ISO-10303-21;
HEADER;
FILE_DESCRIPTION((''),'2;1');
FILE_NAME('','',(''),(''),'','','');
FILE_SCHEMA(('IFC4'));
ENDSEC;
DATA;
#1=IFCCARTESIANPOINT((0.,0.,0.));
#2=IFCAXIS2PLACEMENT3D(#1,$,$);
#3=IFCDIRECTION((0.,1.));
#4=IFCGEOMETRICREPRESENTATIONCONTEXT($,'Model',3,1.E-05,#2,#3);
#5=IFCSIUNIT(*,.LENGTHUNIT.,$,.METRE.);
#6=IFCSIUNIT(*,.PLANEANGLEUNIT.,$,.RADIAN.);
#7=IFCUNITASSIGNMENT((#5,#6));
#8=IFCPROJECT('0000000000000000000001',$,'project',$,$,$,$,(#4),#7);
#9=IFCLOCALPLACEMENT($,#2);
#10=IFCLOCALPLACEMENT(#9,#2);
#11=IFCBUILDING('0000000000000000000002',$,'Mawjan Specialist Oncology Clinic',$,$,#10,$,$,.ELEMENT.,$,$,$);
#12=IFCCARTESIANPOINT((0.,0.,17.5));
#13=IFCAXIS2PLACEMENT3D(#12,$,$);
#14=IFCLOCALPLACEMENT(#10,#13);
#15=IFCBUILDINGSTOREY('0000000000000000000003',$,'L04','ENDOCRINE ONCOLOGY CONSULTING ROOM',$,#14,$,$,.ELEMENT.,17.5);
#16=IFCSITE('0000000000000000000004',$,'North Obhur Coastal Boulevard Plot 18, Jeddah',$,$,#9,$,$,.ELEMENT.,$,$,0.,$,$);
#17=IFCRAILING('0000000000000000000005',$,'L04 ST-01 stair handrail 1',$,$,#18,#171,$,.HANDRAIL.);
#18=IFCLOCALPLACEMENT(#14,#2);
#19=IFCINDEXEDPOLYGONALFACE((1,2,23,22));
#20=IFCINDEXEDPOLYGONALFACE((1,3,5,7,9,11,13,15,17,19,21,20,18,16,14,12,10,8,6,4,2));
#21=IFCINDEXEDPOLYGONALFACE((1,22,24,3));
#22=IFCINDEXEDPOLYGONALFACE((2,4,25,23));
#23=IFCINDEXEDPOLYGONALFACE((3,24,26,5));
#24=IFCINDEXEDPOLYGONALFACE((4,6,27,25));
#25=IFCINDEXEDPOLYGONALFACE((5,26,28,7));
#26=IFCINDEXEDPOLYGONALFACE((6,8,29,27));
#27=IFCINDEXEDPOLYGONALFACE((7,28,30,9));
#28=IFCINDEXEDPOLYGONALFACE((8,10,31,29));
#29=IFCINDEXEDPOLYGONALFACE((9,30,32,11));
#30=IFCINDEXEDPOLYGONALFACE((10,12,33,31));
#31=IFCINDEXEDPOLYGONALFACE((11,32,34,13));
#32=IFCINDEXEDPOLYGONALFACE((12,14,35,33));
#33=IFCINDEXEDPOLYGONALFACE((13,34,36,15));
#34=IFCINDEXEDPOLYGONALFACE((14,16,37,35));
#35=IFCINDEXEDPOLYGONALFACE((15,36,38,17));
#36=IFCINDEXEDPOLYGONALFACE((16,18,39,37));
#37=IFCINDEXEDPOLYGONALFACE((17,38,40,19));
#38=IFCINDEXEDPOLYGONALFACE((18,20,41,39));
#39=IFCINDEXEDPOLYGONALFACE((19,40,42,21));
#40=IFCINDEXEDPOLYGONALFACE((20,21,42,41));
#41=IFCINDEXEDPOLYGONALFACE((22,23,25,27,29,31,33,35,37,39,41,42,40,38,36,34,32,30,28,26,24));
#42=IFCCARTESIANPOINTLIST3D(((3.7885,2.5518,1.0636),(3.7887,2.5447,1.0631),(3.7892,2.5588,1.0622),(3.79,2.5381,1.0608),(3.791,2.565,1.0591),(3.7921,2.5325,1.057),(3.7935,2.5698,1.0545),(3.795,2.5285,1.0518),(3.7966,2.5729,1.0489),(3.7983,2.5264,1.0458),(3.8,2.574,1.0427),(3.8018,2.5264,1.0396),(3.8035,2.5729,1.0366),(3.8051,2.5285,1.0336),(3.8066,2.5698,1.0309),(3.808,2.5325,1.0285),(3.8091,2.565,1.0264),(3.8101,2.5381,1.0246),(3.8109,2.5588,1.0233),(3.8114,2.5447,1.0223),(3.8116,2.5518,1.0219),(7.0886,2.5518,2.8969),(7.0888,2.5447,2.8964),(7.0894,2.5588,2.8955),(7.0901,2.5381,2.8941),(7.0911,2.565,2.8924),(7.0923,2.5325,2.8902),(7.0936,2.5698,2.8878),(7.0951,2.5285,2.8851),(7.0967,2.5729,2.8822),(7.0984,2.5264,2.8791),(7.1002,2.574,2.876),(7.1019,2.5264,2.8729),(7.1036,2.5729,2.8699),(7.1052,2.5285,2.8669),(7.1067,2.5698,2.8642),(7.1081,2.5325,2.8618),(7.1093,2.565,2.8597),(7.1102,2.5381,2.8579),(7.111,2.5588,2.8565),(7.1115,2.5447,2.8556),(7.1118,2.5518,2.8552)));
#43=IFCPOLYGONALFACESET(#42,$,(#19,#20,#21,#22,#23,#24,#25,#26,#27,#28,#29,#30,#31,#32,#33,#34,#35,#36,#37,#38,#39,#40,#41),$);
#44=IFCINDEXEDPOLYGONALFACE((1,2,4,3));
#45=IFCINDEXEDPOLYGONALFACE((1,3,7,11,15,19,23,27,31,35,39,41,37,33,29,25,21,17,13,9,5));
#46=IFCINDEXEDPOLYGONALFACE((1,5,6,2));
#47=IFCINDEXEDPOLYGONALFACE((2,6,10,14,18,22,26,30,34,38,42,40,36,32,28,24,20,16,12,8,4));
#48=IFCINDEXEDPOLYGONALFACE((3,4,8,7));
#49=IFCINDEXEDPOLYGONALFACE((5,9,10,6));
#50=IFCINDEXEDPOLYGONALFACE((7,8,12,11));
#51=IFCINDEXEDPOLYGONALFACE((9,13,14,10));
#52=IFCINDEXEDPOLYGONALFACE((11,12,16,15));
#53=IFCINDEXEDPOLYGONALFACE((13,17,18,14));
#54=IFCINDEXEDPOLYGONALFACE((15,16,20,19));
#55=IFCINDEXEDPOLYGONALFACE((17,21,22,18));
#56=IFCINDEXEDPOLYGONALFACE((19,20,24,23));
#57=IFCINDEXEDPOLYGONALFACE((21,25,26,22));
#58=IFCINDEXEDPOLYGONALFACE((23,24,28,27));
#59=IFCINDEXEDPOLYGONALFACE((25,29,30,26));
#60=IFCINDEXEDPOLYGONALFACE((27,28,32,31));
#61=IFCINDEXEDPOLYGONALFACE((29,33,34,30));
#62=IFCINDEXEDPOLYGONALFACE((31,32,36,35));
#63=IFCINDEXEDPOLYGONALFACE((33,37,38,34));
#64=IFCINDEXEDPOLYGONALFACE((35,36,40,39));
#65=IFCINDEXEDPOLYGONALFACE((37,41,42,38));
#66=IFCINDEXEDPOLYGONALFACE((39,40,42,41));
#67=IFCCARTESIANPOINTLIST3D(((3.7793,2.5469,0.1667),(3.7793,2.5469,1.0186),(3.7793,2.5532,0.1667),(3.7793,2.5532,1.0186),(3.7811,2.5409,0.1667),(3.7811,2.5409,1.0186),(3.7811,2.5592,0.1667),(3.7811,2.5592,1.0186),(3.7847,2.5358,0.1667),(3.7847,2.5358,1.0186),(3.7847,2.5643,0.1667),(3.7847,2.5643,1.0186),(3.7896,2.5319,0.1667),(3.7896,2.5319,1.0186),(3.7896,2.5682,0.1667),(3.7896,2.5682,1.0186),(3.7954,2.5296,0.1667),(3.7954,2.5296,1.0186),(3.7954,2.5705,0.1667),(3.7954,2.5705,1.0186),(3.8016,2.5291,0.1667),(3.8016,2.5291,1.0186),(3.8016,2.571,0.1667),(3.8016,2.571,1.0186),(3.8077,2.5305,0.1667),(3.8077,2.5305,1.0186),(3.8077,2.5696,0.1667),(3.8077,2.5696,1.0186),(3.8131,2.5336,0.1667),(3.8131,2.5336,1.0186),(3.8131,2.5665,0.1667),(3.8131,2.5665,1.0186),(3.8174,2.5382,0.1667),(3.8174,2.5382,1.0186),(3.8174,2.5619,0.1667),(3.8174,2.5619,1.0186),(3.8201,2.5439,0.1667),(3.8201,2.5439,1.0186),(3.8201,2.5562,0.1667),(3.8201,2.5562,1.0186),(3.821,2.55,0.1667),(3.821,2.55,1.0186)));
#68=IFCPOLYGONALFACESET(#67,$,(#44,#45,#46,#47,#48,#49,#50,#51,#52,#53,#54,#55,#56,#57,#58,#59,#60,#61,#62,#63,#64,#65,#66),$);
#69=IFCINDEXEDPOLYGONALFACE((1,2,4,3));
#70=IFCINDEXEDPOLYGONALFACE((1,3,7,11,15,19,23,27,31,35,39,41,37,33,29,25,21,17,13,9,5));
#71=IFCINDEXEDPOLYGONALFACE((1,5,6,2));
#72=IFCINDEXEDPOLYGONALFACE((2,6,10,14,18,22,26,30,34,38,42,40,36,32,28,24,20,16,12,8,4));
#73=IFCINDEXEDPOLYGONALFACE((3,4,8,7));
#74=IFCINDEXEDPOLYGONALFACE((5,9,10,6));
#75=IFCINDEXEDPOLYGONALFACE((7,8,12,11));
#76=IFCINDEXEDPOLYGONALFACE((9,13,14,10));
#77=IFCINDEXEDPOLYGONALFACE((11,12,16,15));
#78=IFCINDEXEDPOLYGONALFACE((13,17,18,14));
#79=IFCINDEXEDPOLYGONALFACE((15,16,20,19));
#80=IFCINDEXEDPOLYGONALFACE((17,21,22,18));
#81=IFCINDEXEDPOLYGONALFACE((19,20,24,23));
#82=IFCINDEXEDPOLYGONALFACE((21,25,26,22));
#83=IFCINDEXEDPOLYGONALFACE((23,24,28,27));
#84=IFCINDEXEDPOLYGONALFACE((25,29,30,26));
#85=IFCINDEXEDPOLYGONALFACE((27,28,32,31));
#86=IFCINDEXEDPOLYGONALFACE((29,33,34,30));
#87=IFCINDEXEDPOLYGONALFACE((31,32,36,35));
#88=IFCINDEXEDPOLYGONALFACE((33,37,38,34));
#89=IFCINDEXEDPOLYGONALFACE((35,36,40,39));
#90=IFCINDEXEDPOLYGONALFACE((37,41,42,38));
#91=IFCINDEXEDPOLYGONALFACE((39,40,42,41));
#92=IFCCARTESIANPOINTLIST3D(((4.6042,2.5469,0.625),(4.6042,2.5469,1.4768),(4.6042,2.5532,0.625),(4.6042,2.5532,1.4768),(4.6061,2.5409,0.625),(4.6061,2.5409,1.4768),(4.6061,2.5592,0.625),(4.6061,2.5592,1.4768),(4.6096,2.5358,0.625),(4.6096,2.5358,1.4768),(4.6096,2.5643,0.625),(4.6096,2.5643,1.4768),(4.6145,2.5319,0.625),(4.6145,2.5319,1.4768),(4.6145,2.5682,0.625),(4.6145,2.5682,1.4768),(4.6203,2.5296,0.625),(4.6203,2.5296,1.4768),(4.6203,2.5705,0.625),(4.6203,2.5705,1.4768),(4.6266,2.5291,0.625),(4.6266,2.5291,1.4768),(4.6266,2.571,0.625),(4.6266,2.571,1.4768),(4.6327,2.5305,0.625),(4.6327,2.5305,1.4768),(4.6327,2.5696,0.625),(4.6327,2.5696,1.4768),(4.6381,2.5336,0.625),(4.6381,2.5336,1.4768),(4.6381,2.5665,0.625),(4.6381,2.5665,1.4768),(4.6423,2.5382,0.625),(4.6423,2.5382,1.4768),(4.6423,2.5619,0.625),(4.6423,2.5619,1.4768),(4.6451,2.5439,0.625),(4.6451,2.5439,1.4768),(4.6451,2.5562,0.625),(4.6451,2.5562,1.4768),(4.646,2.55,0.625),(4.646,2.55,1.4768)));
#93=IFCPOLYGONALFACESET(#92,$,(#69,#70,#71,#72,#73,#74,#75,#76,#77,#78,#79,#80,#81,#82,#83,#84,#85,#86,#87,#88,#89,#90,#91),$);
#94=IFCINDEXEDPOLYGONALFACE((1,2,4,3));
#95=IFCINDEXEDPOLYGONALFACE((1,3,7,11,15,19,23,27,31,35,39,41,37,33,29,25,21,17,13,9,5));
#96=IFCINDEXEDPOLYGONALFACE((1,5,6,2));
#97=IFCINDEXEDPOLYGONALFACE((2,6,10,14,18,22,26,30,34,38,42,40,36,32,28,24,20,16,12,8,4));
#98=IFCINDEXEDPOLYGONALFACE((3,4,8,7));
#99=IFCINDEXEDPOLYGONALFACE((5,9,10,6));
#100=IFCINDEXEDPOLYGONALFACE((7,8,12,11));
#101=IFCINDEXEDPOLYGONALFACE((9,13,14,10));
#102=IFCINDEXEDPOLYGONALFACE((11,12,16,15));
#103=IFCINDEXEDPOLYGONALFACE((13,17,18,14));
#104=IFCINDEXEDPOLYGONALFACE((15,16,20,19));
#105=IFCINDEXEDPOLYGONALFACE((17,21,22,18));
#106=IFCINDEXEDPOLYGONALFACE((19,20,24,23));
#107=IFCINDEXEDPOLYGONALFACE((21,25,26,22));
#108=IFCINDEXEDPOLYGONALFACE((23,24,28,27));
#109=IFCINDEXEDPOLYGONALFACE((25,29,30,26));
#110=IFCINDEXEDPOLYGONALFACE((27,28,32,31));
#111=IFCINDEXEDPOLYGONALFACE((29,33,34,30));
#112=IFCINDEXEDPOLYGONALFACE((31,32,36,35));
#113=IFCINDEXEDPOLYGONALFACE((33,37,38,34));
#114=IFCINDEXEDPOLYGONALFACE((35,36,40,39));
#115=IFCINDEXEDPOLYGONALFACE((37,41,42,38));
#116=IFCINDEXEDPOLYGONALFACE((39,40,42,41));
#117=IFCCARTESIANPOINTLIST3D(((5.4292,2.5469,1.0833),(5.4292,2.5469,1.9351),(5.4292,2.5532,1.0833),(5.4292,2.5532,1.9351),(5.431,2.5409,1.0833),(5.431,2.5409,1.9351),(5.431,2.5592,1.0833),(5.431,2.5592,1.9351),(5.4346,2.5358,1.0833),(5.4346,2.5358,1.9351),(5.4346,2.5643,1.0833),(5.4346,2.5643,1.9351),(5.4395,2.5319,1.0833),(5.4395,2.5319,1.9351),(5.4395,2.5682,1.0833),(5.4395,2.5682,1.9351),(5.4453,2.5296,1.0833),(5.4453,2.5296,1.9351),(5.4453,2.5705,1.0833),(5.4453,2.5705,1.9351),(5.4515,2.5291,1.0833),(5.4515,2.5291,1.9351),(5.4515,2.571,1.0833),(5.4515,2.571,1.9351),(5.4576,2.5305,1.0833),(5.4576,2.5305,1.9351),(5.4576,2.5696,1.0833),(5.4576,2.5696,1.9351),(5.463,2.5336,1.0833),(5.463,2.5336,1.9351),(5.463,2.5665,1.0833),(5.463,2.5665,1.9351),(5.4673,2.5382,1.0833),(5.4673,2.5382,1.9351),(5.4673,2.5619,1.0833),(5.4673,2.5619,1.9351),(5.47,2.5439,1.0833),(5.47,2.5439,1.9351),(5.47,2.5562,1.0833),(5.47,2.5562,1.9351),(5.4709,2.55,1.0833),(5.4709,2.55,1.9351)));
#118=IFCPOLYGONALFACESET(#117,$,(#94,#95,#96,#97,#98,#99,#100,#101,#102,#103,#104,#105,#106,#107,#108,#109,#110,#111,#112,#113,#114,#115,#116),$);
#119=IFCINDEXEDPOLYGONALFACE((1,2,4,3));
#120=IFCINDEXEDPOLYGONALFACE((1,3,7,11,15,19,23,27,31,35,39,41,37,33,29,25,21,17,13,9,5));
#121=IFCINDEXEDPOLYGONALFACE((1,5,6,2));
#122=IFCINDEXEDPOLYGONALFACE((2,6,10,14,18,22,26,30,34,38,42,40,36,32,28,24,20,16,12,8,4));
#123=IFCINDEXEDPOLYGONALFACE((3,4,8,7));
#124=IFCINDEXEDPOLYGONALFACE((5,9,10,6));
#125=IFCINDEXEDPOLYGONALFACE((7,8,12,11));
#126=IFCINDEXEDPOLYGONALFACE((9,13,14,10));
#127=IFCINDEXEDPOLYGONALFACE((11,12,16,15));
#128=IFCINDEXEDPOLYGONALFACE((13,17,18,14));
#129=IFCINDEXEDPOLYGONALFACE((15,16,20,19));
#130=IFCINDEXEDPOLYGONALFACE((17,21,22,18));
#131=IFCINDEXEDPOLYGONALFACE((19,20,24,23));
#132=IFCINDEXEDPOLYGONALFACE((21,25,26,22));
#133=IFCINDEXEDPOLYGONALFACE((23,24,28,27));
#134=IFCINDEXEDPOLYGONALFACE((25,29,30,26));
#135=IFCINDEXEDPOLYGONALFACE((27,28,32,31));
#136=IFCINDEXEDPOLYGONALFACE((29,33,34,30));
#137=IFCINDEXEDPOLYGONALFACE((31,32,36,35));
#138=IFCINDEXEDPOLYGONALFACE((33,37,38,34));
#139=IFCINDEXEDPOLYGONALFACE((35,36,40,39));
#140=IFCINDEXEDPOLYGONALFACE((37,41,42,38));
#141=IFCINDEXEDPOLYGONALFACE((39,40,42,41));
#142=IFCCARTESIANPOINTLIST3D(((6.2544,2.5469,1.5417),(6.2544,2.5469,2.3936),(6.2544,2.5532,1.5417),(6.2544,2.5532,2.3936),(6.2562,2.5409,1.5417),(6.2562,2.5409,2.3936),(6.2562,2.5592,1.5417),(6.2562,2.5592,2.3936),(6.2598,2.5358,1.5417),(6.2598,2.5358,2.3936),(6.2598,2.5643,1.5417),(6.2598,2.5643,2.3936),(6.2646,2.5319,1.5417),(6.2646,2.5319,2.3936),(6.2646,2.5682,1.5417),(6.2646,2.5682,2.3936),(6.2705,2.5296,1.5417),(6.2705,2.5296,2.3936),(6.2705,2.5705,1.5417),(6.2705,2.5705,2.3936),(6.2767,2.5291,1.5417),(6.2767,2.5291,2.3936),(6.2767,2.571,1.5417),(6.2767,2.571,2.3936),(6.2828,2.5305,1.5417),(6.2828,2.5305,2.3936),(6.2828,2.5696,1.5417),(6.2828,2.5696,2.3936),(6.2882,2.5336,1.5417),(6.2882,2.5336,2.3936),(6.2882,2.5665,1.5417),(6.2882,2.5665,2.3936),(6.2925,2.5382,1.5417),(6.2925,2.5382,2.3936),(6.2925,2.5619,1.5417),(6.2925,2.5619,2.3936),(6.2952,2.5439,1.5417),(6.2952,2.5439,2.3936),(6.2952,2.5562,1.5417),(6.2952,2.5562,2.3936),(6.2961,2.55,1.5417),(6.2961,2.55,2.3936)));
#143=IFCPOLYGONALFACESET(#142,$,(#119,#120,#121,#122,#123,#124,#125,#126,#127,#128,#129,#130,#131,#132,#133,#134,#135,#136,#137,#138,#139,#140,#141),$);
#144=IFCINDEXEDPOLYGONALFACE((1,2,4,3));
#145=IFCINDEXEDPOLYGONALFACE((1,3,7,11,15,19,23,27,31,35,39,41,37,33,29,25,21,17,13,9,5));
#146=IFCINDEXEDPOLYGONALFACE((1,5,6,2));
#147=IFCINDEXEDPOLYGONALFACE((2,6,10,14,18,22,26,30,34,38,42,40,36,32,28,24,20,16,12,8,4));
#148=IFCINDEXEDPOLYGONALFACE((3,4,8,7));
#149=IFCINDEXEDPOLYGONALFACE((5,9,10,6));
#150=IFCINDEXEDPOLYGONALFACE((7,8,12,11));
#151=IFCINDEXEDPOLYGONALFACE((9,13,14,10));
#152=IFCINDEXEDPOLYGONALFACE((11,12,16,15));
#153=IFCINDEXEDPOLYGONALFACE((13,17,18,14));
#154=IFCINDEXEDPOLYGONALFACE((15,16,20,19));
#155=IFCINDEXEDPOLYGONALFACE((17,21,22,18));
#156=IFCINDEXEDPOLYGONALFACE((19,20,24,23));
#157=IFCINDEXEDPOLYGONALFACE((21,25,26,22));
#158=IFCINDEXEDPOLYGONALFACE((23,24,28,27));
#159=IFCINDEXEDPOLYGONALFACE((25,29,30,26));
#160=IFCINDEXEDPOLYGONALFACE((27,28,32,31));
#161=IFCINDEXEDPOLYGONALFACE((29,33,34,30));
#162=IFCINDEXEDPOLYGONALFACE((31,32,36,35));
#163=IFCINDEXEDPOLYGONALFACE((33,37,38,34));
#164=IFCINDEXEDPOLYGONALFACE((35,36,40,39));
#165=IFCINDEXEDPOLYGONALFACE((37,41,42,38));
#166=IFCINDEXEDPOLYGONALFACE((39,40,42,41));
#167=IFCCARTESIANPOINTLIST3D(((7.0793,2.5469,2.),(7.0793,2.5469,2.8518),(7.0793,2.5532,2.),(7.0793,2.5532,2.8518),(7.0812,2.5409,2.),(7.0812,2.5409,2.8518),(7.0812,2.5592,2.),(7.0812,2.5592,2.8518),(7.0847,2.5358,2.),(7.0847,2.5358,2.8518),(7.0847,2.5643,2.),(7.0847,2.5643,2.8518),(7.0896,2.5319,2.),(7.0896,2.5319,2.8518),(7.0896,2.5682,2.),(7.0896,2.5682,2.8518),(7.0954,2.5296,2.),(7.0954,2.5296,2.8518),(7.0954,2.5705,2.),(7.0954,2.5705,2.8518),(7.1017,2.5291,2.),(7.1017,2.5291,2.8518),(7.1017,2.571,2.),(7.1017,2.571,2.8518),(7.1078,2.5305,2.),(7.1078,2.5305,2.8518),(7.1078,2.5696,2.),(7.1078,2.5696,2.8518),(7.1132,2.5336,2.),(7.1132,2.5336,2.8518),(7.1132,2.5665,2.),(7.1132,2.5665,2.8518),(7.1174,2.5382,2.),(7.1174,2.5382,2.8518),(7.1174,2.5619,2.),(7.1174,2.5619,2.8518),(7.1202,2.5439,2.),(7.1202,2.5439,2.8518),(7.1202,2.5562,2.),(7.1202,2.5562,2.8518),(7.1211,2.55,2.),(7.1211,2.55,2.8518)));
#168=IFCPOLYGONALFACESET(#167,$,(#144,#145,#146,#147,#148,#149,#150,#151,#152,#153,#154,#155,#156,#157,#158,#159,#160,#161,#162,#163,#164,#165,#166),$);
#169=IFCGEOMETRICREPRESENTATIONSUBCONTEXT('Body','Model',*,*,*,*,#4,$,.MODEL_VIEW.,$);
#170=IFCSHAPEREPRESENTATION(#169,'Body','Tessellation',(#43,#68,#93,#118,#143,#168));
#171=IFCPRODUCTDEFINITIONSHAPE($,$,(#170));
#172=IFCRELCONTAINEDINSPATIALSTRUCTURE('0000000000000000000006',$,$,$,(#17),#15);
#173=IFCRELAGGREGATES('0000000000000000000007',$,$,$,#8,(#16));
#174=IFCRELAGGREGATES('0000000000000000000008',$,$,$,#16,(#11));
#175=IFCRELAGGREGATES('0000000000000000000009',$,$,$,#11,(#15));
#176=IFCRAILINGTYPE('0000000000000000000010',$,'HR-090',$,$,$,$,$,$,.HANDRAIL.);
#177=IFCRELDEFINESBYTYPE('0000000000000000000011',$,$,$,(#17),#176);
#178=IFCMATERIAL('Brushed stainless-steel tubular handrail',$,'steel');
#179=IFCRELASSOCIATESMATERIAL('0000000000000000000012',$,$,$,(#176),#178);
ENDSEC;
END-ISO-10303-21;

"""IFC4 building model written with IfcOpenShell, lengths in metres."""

from ifc_helpers import new_model, si_unit, direction, frame, origin, origin_2d, place, context, subcontext, project, spatial, circle, extrude, material, type_object, element, save


model = new_model("IFC4")

# Units and contexts
model_context = context("Model", 3, precision=1e-05, world=origin(), true_north=direction((0.0, 1.0)))
body_context = subcontext(model_context, "Body", "Model", "MODEL_VIEW")
ifc_project = project(units=[si_unit("LENGTHUNIT", "METRE"), si_unit("PLANEANGLEUNIT", "RADIAN")], contexts=[model_context])

# Site, building, storey
site_placement = place(None, origin())
site = spatial("IfcSite", under=ifc_project, at=site_placement, Name="North Obhur Coastal Boulevard Plot 18, Jeddah", CompositionType="ELEMENT", RefElevation=0.0)
building_placement = place(site_placement, origin())
building = spatial("IfcBuilding", under=site, at=building_placement, Name="Mawjan Specialist Oncology Clinic", CompositionType="ELEMENT")
storey_placement = place(building_placement, frame((0.0, 0.0, 17.5)))
storey = spatial("IfcBuildingStorey", under=building, at=storey_placement, Name="L04", Description="ENDOCRINE ONCOLOGY CONSULTING ROOM", CompositionType="ELEMENT", Elevation=17.5)

# Railing
ifc_material_1 = material(Name="Brushed stainless-steel tubular handrail", Category="steel")
railing_type_1 = type_object("IfcRailingType", Name="HR-090", PredefinedType="HANDRAIL", material=ifc_material_1)
railing_1_placement = place(storey_placement, frame((3.8, 2.55, 0.1667)))
element("IfcRailing", 1, at=railing_1_placement, inside=storey, type_object=railing_type_1, Name="L04 ST-01 stair handrail 1", PredefinedType="HANDRAIL", context=body_context, shape_type="SweptSolid", body=[
    extrude(circle(Radius=0.0239, at=origin_2d()), frame((0.0, 0.0, 0.876), z_axis=(0.874169, 0.0, 0.485621), x_axis=(0.0, 1.0, 0.0)), (0.0, 0.0, 1.0), 3.7751),
    extrude(circle(Radius=0.021, at=origin_2d()), origin(), (0.0, 0.0, 1.0), 0.8518),
    extrude(circle(Radius=0.021, at=origin_2d()), frame((0.825, 0.0, 0.4583)), (0.0, 0.0, 1.0), 0.8518),
    extrude(circle(Radius=0.021, at=origin_2d()), frame((1.6499, 0.0, 0.9165)), (0.0, 0.0, 1.0), 0.8518),
    extrude(circle(Radius=0.021, at=origin_2d()), frame((2.4751, 0.0, 1.375)), (0.0, 0.0, 1.0), 0.8518),
    extrude(circle(Radius=0.021, at=origin_2d()), frame((3.3, 0.0, 1.8333)), (0.0, 0.0, 1.0), 0.8518),
])

save(model, "model.ifc")
